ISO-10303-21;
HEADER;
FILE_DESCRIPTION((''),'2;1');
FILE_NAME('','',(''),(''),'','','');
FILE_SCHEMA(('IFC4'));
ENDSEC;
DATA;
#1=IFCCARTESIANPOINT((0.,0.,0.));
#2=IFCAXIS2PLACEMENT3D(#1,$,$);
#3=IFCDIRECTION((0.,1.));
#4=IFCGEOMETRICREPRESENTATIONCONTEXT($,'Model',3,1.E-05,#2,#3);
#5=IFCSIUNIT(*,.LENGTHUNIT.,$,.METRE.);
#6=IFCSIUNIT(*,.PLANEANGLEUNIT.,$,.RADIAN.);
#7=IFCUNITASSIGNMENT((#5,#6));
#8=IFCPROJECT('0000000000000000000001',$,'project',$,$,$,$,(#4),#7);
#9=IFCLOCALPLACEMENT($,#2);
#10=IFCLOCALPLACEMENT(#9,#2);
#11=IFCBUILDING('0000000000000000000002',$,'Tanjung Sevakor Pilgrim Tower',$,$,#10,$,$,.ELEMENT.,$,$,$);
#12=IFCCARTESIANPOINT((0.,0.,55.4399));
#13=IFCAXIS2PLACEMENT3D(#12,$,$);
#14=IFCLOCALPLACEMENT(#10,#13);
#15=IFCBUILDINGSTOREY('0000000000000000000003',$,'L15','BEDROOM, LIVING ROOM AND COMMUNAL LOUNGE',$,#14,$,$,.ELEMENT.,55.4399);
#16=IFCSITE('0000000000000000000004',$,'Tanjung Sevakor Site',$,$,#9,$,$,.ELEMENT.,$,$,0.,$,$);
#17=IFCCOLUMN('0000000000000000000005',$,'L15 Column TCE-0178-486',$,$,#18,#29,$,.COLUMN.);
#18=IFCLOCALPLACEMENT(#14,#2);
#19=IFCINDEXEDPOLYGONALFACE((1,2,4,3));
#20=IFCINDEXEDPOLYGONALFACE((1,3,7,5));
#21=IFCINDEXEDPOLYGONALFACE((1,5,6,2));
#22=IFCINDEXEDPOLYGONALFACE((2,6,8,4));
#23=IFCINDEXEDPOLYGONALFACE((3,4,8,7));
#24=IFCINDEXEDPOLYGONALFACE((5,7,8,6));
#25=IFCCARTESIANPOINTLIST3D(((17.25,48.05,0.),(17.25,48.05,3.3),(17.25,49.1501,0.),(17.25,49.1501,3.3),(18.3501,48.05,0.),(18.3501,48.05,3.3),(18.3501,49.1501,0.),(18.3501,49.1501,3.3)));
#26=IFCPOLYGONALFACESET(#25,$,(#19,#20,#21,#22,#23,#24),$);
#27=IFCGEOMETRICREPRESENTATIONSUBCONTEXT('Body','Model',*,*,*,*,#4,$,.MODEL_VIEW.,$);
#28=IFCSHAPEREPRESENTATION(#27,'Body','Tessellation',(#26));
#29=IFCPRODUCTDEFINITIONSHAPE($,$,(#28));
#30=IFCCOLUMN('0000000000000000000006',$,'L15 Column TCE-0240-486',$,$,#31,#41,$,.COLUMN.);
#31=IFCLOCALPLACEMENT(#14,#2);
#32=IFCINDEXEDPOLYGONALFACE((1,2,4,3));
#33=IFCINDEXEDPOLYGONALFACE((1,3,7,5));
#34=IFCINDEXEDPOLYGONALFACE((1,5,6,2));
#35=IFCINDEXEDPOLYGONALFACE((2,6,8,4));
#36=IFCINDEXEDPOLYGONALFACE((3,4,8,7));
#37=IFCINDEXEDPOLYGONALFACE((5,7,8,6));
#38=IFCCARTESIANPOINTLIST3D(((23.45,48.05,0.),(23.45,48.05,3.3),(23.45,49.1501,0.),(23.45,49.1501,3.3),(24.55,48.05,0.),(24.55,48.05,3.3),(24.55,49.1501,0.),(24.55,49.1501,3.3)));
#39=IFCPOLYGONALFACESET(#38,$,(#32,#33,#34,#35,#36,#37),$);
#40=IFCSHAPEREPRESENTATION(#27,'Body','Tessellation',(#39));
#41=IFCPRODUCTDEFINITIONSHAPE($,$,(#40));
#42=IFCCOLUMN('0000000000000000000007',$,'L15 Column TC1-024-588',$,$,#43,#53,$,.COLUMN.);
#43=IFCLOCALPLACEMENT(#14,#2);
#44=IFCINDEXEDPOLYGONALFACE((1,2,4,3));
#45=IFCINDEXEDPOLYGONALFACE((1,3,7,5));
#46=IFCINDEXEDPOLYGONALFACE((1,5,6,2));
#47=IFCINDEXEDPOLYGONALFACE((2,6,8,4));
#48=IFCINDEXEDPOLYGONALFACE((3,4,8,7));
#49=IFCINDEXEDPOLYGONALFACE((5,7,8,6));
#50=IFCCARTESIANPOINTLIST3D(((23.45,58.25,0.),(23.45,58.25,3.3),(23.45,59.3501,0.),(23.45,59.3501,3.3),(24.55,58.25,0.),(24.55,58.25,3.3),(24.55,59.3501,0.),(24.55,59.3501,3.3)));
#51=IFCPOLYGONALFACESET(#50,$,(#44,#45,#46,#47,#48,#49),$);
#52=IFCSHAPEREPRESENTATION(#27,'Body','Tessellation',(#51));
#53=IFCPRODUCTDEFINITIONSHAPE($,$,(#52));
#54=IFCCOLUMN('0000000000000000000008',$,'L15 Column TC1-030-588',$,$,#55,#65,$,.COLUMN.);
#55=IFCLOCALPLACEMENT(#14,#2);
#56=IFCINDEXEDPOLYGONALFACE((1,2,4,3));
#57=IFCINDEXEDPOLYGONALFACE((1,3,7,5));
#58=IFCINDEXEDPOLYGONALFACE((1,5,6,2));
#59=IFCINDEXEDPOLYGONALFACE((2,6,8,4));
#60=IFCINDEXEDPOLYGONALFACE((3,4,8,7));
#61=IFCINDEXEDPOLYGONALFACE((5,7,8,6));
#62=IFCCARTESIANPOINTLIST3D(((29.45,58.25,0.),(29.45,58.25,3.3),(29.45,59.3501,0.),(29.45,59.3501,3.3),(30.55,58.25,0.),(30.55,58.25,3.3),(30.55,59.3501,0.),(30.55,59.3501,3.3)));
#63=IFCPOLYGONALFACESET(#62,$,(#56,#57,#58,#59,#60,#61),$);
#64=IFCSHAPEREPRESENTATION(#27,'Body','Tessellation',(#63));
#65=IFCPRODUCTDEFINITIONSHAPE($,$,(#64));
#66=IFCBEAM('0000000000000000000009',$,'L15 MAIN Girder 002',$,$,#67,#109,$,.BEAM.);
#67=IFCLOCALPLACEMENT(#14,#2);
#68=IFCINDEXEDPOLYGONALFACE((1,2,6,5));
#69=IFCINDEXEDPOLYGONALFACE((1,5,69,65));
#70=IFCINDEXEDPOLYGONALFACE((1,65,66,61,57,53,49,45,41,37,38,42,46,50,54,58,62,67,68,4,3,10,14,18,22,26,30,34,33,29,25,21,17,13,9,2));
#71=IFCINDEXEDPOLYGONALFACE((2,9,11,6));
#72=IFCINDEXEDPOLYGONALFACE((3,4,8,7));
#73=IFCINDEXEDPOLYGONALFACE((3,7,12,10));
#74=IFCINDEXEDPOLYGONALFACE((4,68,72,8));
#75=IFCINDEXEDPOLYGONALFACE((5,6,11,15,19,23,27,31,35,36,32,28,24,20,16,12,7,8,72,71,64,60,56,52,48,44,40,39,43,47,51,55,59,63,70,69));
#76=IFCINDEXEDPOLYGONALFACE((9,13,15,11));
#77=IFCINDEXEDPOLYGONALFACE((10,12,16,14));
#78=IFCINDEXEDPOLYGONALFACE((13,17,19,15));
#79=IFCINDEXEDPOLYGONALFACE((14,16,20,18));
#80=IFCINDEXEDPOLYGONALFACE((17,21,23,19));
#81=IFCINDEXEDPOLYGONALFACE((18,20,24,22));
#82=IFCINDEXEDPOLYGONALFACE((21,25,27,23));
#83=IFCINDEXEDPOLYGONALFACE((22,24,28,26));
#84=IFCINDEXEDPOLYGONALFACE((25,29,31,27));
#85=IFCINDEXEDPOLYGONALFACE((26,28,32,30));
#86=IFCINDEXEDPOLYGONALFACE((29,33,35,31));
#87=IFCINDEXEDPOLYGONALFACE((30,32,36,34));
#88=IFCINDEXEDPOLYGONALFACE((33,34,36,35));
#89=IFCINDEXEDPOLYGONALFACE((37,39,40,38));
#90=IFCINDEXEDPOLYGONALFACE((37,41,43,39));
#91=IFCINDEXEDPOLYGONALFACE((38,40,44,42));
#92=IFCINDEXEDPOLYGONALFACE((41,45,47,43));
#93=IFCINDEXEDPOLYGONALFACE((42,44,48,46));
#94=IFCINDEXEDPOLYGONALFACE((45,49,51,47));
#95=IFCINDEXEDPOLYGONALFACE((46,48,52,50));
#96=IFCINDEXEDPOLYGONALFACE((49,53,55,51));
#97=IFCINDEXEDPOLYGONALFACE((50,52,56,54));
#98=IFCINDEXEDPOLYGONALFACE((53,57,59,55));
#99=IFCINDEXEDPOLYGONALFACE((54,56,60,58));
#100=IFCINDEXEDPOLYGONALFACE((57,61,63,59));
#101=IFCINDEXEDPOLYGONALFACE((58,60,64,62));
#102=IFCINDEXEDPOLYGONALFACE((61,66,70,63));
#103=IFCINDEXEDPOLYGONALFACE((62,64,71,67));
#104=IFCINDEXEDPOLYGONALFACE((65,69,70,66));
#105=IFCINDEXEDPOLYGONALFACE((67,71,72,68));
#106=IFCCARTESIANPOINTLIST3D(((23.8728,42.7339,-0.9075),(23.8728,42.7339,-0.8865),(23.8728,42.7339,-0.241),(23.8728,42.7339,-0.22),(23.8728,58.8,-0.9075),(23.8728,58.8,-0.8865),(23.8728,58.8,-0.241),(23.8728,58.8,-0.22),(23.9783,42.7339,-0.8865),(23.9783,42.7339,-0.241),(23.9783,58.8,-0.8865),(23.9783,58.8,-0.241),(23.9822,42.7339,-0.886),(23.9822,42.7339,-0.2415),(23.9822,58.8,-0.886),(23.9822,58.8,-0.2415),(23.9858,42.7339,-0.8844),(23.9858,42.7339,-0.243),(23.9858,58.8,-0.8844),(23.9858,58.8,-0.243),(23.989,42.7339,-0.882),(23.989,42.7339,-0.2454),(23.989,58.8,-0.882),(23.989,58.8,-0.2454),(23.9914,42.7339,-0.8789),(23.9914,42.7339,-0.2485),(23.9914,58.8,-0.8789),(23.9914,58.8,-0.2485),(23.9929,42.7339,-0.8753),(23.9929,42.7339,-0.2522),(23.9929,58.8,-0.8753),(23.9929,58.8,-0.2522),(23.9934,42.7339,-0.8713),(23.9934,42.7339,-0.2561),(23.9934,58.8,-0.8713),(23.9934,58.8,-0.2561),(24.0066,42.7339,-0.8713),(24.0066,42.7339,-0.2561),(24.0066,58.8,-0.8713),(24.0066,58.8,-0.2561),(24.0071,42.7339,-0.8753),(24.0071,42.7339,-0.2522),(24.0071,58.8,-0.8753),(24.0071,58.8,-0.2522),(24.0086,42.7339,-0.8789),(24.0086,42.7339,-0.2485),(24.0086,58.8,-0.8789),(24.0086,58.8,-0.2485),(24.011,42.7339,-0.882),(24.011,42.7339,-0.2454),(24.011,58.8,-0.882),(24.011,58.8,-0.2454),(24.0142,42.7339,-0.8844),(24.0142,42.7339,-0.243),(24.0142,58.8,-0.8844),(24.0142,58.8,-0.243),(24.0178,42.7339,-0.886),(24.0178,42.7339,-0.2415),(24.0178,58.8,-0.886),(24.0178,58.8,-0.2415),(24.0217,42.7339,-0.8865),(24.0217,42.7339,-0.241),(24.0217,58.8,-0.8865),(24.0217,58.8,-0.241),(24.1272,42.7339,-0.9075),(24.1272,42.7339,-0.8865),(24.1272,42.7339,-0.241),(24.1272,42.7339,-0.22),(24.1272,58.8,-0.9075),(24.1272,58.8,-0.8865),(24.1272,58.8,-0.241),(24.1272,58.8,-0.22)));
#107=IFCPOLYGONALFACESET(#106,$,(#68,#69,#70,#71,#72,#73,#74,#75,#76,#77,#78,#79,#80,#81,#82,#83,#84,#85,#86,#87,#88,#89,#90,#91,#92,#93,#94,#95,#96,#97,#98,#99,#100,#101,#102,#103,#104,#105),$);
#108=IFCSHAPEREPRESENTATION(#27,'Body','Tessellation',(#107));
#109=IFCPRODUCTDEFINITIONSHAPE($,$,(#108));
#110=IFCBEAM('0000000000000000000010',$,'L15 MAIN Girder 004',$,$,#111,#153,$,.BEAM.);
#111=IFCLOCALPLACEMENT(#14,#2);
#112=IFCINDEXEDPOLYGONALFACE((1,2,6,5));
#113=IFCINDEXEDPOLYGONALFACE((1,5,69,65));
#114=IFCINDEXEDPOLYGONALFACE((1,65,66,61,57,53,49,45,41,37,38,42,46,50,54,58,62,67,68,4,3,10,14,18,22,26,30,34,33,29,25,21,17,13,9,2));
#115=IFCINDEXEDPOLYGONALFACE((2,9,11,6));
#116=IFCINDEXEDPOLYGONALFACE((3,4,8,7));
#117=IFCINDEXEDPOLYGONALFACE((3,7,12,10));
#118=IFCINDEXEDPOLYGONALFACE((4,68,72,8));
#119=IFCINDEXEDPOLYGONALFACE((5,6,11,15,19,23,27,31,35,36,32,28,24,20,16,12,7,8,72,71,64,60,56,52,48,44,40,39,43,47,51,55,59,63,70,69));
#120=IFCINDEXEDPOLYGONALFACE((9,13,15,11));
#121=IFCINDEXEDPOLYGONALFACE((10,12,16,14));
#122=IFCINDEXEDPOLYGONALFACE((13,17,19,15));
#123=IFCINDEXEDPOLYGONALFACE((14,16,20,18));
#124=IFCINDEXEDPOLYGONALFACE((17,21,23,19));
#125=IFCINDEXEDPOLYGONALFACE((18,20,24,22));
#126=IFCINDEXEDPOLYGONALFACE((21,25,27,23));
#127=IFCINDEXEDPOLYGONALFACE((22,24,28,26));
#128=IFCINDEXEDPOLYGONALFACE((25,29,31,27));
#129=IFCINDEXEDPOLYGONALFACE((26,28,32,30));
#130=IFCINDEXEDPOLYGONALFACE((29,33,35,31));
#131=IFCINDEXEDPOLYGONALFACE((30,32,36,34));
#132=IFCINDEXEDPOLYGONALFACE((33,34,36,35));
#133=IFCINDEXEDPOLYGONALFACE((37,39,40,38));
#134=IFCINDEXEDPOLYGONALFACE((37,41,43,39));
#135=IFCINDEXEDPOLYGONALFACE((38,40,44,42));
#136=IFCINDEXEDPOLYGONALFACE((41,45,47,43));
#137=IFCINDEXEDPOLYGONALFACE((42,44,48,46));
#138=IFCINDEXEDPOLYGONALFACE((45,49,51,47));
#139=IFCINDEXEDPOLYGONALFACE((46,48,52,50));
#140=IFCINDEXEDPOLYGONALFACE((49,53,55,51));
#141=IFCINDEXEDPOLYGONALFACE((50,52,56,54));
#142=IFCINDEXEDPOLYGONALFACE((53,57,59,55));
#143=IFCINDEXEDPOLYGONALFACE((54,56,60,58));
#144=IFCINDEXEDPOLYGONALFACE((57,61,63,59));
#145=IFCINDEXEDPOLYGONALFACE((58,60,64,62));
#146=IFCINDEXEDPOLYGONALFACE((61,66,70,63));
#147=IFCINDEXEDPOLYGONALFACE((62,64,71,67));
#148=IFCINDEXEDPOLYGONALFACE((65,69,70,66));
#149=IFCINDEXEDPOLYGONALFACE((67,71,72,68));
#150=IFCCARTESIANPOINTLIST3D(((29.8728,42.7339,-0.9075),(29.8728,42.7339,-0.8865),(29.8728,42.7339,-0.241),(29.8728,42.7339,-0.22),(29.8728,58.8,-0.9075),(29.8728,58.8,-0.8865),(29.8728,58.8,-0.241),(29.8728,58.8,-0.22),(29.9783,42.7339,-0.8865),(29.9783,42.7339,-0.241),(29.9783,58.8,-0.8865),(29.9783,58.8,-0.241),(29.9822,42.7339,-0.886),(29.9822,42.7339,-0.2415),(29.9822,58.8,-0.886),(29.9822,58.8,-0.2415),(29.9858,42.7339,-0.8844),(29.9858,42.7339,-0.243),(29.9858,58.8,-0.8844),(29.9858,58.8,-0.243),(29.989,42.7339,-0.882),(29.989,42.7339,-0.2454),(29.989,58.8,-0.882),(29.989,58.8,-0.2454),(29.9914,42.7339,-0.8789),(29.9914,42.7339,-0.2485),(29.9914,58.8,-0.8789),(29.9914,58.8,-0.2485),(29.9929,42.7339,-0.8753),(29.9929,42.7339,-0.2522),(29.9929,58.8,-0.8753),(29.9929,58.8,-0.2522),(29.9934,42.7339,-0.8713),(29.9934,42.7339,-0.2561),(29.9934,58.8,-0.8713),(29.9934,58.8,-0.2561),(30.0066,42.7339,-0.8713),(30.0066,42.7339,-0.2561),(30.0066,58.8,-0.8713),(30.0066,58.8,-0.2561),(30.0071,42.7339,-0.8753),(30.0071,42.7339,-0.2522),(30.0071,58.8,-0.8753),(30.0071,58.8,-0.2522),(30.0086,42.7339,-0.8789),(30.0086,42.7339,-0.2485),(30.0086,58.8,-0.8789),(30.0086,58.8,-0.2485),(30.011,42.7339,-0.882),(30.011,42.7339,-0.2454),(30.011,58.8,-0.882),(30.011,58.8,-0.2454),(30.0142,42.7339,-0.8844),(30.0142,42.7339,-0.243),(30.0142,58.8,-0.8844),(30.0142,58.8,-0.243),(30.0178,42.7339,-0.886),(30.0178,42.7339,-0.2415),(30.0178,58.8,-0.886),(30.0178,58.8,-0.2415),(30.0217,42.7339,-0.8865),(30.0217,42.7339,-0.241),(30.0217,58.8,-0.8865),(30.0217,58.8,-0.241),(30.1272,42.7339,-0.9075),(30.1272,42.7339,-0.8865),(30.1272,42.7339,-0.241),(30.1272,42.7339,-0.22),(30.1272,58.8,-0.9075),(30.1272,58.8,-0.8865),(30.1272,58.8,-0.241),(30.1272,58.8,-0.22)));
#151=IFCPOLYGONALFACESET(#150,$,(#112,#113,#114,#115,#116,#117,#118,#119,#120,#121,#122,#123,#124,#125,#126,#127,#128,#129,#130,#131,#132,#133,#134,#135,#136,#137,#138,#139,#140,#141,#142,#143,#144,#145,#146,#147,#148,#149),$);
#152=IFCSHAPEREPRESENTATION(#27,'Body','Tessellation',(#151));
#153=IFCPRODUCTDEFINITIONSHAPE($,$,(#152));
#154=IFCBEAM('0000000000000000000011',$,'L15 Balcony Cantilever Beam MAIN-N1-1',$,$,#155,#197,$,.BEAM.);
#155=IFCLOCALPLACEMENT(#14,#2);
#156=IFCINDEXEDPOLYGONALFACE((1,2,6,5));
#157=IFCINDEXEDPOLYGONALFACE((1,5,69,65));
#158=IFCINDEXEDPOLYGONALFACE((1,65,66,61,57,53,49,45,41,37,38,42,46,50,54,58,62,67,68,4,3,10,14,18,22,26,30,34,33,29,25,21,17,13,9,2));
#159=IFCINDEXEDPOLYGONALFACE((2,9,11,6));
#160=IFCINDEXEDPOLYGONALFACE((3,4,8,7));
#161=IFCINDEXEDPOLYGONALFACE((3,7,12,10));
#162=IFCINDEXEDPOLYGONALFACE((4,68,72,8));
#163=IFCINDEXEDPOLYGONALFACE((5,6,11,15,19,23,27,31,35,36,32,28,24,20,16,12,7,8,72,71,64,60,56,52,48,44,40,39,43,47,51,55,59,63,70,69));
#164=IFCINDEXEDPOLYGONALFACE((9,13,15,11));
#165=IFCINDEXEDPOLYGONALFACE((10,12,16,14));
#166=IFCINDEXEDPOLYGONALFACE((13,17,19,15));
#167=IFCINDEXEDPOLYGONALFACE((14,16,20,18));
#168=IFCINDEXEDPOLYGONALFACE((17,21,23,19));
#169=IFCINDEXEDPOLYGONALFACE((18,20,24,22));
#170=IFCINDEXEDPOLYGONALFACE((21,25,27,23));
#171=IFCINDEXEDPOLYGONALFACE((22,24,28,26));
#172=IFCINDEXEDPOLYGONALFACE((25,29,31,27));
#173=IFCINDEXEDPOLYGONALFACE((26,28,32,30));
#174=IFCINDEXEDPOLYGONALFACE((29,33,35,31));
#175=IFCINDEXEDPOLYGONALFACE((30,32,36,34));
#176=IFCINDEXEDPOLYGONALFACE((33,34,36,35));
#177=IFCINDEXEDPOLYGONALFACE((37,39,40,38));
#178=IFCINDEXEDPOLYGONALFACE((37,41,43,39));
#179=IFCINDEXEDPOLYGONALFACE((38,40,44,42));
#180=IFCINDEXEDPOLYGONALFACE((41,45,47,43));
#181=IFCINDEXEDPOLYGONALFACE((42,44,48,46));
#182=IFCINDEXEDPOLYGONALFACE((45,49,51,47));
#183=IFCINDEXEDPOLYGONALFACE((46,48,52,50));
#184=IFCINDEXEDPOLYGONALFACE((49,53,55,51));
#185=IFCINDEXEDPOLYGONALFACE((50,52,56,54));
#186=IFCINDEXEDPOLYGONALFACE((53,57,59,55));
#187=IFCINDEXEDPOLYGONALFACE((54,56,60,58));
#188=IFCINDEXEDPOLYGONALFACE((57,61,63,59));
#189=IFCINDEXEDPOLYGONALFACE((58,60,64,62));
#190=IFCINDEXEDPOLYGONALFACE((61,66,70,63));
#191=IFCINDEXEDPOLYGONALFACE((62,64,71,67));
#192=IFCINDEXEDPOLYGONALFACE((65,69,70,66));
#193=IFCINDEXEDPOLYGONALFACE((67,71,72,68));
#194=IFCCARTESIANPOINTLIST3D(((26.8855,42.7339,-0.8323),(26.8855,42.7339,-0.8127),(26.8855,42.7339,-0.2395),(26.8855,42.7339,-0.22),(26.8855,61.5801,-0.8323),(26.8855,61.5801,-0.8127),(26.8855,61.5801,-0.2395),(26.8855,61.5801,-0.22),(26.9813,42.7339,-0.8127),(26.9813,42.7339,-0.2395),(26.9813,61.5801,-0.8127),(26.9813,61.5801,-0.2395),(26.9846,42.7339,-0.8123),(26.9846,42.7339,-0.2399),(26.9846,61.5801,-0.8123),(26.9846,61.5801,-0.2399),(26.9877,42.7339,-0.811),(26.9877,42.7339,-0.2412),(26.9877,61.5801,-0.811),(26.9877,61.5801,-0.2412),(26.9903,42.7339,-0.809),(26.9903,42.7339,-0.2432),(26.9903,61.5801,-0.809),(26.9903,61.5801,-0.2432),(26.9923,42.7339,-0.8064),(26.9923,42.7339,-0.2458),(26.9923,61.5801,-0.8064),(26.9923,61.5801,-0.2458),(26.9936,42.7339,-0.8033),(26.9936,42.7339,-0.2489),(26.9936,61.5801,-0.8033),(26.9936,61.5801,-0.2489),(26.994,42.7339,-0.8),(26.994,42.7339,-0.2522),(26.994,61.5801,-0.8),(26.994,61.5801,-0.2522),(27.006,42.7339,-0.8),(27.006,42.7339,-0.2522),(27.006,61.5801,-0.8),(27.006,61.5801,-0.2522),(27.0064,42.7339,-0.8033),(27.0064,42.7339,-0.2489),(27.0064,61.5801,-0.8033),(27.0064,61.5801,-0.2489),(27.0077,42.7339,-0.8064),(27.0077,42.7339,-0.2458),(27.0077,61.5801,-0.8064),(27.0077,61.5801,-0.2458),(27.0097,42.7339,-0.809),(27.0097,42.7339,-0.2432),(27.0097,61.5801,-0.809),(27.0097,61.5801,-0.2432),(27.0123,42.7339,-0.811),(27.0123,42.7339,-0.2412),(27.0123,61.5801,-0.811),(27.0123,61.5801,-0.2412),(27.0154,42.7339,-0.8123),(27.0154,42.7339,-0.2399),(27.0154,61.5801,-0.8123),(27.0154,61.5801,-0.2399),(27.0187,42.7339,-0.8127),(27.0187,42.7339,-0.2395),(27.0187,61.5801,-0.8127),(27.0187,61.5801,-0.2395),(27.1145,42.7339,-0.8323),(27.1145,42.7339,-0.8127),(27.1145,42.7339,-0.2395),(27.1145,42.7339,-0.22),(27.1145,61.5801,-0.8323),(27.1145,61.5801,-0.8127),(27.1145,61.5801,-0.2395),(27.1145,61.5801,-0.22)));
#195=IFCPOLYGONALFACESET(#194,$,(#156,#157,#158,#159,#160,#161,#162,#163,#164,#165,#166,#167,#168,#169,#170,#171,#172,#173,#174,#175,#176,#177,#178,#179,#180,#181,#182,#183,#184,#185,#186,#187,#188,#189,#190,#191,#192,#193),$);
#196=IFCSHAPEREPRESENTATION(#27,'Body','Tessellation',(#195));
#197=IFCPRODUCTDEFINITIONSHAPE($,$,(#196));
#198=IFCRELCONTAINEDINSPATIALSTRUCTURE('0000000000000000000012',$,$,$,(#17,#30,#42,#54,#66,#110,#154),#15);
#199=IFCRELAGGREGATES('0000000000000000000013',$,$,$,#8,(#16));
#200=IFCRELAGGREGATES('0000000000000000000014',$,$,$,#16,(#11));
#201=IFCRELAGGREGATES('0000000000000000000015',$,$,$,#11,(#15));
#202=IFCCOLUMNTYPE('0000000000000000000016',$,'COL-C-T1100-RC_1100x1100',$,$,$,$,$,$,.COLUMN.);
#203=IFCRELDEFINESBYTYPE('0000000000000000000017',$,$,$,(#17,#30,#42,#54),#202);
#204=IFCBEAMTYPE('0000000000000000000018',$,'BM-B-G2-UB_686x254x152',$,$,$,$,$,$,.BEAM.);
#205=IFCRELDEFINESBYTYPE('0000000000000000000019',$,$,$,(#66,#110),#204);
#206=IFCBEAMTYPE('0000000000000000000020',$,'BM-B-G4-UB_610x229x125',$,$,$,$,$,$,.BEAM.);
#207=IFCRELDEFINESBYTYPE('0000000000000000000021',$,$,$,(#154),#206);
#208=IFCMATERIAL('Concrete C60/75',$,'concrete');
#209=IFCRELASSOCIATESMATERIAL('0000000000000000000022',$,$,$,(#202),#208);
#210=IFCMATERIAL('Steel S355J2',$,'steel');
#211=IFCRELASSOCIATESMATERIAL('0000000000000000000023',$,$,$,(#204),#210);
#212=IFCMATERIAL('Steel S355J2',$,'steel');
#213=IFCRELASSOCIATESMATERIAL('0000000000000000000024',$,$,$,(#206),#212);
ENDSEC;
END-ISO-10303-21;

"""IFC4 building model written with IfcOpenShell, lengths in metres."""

from ifc_helpers import new_model, si_unit, direction, frame, origin, origin_2d, place, context, subcontext, project, spatial, rectangle, i_section, extrude, material, material_profile, profile_set, type_object, element, save


model = new_model("IFC4")

# Units and contexts
model_context = context("Model", 3, precision=1e-05, world=origin(), true_north=direction((0.0, 1.0)))
body_context = subcontext(model_context, "Body", "Model", "MODEL_VIEW")
ifc_project = project(units=[si_unit("LENGTHUNIT", "METRE"), si_unit("PLANEANGLEUNIT", "RADIAN")], contexts=[model_context])

# Site, building, storey
site_placement = place(None, origin())
site = spatial("IfcSite", under=ifc_project, at=site_placement, Name="Tanjung Sevakor Site", CompositionType="ELEMENT", RefElevation=0.0)
building_placement = place(site_placement, origin())
building = spatial("IfcBuilding", under=site, at=building_placement, Name="Tanjung Sevakor Pilgrim Tower", CompositionType="ELEMENT")
storey_placement = place(building_placement, frame((0.0, 0.0, 55.4399)))
storey = spatial("IfcBuildingStorey", under=building, at=storey_placement, Name="L15", Description="BEDROOM, LIVING ROOM AND COMMUNAL LOUNGE", CompositionType="ELEMENT", Elevation=55.4399)

# Columns
ifc_material_1 = material(Name="Concrete C60/75", Category="concrete")
ifc_material_profile_1 = material_profile(ifc_material_1, rectangle(XDim=1.1001, YDim=1.1001, at=origin_2d()))
ifc_profile_set_1 = profile_set([ifc_material_profile_1], Name="Concrete C60/75")
column_type = type_object("IfcColumnType", Name="COL-C-T1100-RC_1100x1100", PredefinedType="COLUMN", material=ifc_profile_set_1)
for number, where, z_axis, x_axis, name in (
    (1, (17.8, 48.6001, 0.0), (0.0, 0.0, 1.0), (1.0, 0.0, 0.0), "L15 Column TCE-0178-486"),
    (2, (24.0, 48.6001, 0.0), (0.0, 0.0, 1.0), (1.0, 0.0, 0.0), "L15 Column TCE-0240-486"),
    (3, (24.0, 58.8, 0.0), (0.0, 0.0, 1.0), (1.0, 0.0, 0.0), "L15 Column TC1-024-588"),
    (4, (30.0, 58.8, 0.0), (0.0, 0.0, 1.0), (1.0, 0.0, 0.0), "L15 Column TC1-030-588"),
):
    element("IfcColumn", number, at=place(storey_placement, frame(where, z_axis=z_axis, x_axis=x_axis)), inside=storey, type_object=column_type, Name=name, PredefinedType="COLUMN", context=body_context, shape_type="SweptSolid", body=[
        extrude(rectangle(XDim=1.1001, YDim=1.1001, at=origin_2d()), origin(), (0.0, 0.0, 1.0), 3.3),
    ])

# Beams
ifc_material_2 = material(Name="Steel S355J2", Category="steel")
ifc_material_profile_2 = material_profile(ifc_material_2, i_section(OverallWidth=0.2544, OverallDepth=0.6875, WebThickness=0.0132, FlangeThickness=0.021, FilletRadius=0.0151, at=origin_2d()))
ifc_profile_set_2 = profile_set([ifc_material_profile_2], Name="Steel S355J2")
beam_type_1 = type_object("IfcBeamType", Name="BM-B-G2-UB_686x254x152", PredefinedType="BEAM", material=ifc_profile_set_2)
for number, where, z_axis, x_axis, name in (
    (5, (24.0, 42.7339, -0.5637), (0.0, 1.0, 0.0), (-1.0, 0.0, 0.0), "L15 MAIN Girder 002"),
    (6, (30.0, 42.7339, -0.5637), (0.0, 1.0, 0.0), (-1.0, 0.0, 0.0), "L15 MAIN Girder 004"),
):
    element("IfcBeam", number, at=place(storey_placement, frame(where, z_axis=z_axis, x_axis=x_axis)), inside=storey, type_object=beam_type_1, Name=name, PredefinedType="BEAM", context=body_context, shape_type="SweptSolid", body=[
        extrude(i_section(OverallWidth=0.2544, OverallDepth=0.6875, WebThickness=0.0132, FlangeThickness=0.021, FilletRadius=0.0151, at=origin_2d()), origin(), (0.0, 0.0, 1.0), 16.0662),
    ])
ifc_material_3 = material(Name="Steel S355J2", Category="steel")
ifc_material_profile_3 = material_profile(ifc_material_3, i_section(OverallWidth=0.229, OverallDepth=0.6123, WebThickness=0.012, FlangeThickness=0.0195, FilletRadius=0.0127, at=origin_2d()))
ifc_profile_set_3 = profile_set([ifc_material_profile_3], Name="Steel S355J2")
beam_type_2 = type_object("IfcBeamType", Name="BM-B-G4-UB_610x229x125", PredefinedType="BEAM", material=ifc_profile_set_3)
beam_1_placement = place(storey_placement, frame((27.0, 42.7339, -0.5261), z_axis=(0.0, 1.0, 0.0), x_axis=(-1.0, 0.0, 0.0)))
element("IfcBeam", 7, at=beam_1_placement, inside=storey, type_object=beam_type_2, Name="L15 Balcony Cantilever Beam MAIN-N1-1", PredefinedType="BEAM", context=body_context, shape_type="SweptSolid", body=[
    extrude(i_section(OverallWidth=0.229, OverallDepth=0.6123, WebThickness=0.012, FlangeThickness=0.0195, FilletRadius=0.0127, at=origin_2d()), origin(), (0.0, 0.0, 1.0), 18.8462),
])

save(model, "model.ifc")
